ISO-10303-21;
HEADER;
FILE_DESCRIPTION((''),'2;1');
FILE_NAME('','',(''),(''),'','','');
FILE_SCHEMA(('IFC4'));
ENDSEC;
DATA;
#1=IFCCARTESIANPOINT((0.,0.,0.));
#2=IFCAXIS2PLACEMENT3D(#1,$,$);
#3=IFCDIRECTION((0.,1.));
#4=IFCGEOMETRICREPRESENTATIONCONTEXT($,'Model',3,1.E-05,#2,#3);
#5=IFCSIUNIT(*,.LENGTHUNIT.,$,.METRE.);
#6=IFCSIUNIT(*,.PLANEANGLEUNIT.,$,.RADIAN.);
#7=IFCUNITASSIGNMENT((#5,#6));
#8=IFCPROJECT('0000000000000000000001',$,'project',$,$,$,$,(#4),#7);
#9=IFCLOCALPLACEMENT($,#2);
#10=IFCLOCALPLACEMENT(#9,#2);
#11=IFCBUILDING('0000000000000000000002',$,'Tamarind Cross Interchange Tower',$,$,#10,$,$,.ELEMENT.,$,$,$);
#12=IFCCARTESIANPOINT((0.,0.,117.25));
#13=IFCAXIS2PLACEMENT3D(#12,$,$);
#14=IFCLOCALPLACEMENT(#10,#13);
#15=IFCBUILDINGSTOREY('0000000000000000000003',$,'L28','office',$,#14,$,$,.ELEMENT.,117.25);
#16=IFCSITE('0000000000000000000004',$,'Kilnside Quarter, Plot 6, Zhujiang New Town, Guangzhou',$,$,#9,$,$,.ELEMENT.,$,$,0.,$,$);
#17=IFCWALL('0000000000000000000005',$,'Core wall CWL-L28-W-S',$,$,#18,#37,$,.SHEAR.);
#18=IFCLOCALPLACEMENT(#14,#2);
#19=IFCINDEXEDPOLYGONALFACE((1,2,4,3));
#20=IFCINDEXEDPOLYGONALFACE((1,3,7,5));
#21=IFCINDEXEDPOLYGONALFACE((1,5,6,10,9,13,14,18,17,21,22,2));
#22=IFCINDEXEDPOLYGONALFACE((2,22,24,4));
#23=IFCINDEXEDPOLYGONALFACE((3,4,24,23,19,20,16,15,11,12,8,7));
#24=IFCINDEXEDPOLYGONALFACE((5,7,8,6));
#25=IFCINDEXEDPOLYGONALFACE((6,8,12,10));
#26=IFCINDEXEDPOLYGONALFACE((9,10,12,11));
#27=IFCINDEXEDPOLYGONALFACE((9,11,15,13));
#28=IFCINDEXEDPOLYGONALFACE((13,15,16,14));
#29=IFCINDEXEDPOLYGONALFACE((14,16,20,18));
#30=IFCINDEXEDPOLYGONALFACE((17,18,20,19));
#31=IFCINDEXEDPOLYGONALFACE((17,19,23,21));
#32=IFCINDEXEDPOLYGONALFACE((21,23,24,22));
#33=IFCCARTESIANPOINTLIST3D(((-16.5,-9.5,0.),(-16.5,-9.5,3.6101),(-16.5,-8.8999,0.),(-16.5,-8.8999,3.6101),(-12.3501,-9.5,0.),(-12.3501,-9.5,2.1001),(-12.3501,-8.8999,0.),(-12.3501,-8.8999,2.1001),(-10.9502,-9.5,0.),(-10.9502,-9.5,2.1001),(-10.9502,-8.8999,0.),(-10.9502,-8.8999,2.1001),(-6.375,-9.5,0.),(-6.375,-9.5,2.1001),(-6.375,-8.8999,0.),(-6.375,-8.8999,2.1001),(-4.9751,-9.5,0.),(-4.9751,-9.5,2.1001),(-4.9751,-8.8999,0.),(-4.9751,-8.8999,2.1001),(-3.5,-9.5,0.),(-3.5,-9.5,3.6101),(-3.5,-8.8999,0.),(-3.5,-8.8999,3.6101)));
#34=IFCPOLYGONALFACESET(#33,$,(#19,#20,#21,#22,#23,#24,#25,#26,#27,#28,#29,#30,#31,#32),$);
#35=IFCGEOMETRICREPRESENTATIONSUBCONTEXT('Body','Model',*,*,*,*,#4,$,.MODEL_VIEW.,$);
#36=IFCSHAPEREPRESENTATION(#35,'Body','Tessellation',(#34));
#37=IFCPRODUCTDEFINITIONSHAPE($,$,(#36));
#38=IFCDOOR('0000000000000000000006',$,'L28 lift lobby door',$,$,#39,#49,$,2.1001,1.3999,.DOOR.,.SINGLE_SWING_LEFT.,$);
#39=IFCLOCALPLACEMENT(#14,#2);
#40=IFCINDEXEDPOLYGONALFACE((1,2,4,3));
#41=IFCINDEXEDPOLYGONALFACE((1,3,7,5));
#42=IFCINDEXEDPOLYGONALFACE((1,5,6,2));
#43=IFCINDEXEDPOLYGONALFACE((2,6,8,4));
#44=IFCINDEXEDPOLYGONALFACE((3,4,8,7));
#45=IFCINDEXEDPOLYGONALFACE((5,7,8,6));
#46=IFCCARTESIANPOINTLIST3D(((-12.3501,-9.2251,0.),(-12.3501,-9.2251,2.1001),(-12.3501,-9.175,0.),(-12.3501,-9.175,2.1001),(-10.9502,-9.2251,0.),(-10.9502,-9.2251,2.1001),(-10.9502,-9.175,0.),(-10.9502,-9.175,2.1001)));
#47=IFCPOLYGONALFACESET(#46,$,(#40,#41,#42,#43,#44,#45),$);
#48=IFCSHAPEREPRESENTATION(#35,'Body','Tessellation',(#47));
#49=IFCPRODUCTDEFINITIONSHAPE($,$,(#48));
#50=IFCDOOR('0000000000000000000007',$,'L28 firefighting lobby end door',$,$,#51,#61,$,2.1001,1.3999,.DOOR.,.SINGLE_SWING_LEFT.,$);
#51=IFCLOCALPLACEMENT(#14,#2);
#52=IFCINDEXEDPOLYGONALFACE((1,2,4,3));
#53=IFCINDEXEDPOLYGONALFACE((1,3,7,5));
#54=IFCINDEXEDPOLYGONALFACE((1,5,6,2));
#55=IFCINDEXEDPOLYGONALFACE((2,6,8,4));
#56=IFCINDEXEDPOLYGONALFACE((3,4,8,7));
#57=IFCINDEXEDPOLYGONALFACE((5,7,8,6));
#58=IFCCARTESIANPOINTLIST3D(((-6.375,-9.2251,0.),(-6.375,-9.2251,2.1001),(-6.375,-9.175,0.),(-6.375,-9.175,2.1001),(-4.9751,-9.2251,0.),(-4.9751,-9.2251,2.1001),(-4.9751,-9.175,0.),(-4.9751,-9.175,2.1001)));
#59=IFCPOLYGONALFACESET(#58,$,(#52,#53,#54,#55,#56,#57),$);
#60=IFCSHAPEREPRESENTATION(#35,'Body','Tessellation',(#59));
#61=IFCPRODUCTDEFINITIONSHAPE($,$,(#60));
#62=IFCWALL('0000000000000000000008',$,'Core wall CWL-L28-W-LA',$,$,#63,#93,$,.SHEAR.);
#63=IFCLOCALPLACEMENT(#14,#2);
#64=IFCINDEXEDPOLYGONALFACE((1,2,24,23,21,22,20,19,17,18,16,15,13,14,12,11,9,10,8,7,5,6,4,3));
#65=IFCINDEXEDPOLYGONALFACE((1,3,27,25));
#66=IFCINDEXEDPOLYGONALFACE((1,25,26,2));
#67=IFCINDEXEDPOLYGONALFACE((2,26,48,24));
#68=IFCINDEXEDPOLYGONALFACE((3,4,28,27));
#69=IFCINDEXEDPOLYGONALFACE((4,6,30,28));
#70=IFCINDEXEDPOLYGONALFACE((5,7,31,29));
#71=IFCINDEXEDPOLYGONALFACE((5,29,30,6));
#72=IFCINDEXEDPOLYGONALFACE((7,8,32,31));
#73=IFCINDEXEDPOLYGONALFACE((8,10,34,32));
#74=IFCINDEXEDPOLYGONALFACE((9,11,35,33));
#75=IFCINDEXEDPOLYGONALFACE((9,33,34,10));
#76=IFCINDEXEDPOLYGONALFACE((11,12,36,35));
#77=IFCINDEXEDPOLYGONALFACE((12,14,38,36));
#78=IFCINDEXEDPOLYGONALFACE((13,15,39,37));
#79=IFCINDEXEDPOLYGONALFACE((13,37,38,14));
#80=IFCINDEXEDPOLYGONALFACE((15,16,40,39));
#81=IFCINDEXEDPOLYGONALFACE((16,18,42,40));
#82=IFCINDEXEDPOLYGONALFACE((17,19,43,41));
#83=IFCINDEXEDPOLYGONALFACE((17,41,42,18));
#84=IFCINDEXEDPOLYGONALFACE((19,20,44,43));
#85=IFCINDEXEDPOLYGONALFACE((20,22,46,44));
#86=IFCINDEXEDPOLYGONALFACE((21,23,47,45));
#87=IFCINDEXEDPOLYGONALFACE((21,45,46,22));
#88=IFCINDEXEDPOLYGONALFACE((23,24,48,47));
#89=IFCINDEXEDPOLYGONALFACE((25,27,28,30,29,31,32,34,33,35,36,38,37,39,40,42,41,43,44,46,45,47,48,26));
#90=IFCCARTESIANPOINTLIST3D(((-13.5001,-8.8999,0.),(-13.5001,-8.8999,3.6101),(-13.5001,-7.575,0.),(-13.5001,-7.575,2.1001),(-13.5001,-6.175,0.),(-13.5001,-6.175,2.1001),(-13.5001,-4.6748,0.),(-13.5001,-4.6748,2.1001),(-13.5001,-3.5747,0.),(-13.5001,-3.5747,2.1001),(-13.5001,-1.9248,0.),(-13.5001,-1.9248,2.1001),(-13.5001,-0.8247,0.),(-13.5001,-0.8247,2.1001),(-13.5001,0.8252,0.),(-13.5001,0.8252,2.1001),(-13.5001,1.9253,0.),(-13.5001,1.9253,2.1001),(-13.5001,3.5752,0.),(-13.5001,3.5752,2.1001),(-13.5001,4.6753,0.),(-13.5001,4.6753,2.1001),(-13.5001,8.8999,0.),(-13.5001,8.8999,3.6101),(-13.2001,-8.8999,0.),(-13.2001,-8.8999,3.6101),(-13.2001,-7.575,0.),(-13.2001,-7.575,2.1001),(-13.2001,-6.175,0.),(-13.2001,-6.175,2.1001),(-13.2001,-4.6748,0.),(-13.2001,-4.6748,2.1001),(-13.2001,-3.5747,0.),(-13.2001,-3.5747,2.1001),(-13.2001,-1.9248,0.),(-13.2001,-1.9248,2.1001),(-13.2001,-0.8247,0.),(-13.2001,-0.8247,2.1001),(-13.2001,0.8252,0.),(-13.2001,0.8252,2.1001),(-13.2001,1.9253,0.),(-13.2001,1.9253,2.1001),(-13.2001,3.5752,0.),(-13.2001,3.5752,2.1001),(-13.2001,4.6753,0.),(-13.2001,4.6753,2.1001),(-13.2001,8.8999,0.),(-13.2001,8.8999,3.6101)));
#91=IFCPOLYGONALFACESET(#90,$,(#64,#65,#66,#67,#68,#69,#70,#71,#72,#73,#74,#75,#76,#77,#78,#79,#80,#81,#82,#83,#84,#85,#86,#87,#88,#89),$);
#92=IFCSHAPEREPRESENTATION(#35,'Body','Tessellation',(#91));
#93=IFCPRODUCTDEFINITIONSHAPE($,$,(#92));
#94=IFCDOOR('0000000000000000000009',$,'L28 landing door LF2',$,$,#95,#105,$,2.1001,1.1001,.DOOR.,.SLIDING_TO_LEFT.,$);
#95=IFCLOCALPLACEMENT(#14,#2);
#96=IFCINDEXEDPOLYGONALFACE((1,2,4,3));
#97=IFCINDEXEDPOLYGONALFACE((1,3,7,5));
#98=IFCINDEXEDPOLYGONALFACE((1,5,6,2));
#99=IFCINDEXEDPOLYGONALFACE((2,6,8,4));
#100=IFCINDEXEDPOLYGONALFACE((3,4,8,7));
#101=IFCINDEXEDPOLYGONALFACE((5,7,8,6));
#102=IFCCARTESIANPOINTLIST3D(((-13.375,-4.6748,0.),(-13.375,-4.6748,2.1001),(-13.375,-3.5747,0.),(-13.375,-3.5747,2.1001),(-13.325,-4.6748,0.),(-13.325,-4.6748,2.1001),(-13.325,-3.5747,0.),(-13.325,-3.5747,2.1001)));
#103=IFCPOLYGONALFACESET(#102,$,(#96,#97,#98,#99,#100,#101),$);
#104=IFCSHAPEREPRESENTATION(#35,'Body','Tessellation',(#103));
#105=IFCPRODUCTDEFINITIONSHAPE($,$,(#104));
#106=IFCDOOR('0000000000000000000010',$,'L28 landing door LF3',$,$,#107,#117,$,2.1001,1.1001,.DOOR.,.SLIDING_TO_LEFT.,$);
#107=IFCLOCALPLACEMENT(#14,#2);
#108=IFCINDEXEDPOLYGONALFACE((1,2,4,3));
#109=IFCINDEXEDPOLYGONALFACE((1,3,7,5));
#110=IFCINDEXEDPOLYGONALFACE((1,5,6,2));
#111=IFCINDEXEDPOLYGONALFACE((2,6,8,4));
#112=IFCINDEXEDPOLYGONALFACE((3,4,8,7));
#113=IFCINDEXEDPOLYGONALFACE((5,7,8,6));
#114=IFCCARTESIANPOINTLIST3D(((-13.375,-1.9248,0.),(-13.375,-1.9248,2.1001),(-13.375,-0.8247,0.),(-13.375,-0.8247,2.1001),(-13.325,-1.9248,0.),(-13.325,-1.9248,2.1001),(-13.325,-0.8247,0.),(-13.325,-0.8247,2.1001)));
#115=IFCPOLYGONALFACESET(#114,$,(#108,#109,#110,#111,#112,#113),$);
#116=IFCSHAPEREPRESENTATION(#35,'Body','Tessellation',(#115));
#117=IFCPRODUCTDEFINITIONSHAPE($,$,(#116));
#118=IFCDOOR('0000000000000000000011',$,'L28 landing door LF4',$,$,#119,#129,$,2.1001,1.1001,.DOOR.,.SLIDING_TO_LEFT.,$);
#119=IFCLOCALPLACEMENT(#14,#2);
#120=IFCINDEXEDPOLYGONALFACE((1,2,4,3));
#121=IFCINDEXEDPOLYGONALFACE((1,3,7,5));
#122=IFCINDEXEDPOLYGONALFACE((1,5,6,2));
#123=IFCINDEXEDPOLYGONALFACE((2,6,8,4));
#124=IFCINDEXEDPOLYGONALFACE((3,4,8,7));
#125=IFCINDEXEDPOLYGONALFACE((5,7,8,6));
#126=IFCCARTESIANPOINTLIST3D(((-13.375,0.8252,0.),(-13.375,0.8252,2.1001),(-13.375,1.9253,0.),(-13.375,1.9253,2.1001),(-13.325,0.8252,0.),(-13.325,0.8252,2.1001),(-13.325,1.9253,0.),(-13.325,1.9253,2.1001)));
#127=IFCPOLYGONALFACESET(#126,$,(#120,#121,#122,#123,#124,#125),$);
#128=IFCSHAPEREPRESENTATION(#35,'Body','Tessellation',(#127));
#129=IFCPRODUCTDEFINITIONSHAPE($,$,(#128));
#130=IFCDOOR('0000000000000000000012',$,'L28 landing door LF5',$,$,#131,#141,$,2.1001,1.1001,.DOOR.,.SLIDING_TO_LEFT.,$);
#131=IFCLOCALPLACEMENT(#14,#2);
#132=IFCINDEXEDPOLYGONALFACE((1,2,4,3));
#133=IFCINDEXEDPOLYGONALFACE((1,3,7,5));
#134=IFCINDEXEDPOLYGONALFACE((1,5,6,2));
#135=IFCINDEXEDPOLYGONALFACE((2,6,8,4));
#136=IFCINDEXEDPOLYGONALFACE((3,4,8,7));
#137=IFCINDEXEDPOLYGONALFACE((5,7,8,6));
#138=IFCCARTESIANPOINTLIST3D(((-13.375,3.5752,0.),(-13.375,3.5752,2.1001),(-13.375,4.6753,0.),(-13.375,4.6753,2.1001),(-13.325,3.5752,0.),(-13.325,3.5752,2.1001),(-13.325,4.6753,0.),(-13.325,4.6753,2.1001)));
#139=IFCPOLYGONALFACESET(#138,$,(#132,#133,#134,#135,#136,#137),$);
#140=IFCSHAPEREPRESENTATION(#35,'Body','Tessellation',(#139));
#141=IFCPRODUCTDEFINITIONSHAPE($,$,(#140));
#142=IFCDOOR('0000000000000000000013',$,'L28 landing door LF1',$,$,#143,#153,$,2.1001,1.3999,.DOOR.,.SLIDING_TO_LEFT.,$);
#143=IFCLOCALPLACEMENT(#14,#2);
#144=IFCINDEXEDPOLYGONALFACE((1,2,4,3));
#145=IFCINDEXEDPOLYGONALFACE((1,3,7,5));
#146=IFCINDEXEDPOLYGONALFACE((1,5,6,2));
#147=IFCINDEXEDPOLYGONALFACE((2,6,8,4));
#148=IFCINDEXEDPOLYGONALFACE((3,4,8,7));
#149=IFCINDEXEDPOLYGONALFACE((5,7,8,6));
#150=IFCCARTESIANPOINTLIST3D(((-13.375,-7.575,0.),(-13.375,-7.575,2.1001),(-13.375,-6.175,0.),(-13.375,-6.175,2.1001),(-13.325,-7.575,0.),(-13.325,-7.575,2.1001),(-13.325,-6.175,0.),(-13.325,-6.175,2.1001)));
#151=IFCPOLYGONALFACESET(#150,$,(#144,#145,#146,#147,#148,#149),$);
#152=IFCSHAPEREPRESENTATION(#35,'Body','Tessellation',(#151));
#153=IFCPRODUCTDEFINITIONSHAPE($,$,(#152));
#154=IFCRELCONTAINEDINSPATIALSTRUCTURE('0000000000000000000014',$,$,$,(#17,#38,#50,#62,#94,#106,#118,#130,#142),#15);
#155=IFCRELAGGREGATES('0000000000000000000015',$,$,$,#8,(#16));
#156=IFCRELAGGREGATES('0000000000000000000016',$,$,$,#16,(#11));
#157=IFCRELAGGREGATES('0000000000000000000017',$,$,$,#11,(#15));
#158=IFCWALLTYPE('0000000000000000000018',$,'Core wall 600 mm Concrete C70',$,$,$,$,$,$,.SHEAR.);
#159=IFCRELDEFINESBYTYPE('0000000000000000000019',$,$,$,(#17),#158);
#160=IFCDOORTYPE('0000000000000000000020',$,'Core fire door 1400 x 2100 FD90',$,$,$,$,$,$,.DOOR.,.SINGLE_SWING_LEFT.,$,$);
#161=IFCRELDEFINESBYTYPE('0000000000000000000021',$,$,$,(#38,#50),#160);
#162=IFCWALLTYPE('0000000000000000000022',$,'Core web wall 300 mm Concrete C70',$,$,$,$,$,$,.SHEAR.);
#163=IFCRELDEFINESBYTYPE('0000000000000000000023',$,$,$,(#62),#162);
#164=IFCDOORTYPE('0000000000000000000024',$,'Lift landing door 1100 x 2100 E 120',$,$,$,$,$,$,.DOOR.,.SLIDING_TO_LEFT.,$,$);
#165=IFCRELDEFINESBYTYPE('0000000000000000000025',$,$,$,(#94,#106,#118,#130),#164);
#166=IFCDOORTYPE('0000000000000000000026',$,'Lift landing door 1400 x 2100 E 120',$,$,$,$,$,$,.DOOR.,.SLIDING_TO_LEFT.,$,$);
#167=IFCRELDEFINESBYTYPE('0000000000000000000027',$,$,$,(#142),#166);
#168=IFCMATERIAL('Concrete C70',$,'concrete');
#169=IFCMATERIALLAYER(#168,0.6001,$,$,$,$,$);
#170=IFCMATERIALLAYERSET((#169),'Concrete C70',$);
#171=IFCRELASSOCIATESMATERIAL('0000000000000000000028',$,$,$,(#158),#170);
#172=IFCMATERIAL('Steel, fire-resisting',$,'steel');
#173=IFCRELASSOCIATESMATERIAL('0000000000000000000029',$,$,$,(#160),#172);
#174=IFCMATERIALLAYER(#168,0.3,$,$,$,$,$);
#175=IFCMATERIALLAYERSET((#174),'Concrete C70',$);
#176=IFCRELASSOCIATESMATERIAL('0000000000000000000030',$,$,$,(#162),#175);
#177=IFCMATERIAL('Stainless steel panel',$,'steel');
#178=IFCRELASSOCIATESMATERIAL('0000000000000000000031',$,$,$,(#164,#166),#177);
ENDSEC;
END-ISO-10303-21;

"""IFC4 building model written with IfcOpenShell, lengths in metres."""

from ifc_helpers import new_model, si_unit, direction, frame, frame_2d, origin, place, context, subcontext, project, spatial, rectangle, extrude, material, layer, layer_set, type_object, element, fill, save


model = new_model("IFC4")

# Units and contexts
model_context = context("Model", 3, precision=1e-05, world=origin(), true_north=direction((0.0, 1.0)))
body_context = subcontext(model_context, "Body", "Model", "MODEL_VIEW")
ifc_project = project(units=[si_unit("LENGTHUNIT", "METRE"), si_unit("PLANEANGLEUNIT", "RADIAN")], contexts=[model_context])

# Site, building, storey
site_placement = place(None, origin())
site = spatial("IfcSite", under=ifc_project, at=site_placement, Name="Kilnside Quarter, Plot 6, Zhujiang New Town, Guangzhou", CompositionType="ELEMENT", RefElevation=0.0)
building_placement = place(site_placement, origin())
building = spatial("IfcBuilding", under=site, at=building_placement, Name="Tamarind Cross Interchange Tower", CompositionType="ELEMENT")
storey_placement = place(building_placement, frame((0.0, 0.0, 117.25)))
storey = spatial("IfcBuildingStorey", under=building, at=storey_placement, Name="L28", Description="office", CompositionType="ELEMENT", Elevation=117.25)

# Walls, openings, doors
ifc_material_1 = material(Name="Concrete C70", Category="concrete")
ifc_layer_1 = layer(ifc_material_1, 0.6001)
ifc_layer_set_1 = layer_set([ifc_layer_1], Name="Concrete C70")
wall_type_1 = type_object("IfcWallType", Name="Core wall 600 mm Concrete C70", PredefinedType="SHEAR", material=ifc_layer_set_1)
wall_1_placement = place(storey_placement, frame((-16.5, -9.2, 0.0), z_axis=(0.0, 0.0, 1.0), x_axis=(1.0, 0.0, 0.0)))
wall_1 = element("IfcWall", 1, at=wall_1_placement, inside=storey, type_object=wall_type_1, Name="Core wall CWL-L28-W-S", PredefinedType="SHEAR", context=body_context, shape_type="SweptSolid", body=[
    extrude(rectangle(XDim=13.0, YDim=0.6001, at=frame_2d((6.5, 0.0))), origin(), (0.0, 0.0, 1.0), 3.6101),
])
opening_1_placement = place(wall_1_placement, frame((4.1499, 0.0, 0.0)))
opening_1 = element("IfcOpeningElement", 2, at=opening_1_placement, cuts=wall_1, PredefinedType="OPENING", context=body_context, shape_type="SweptSolid", body=[
    extrude(rectangle(XDim=1.3999, YDim=2.1001, at=frame_2d((0.7, 1.05))), frame((0.0, 0.3101, 0.0), z_axis=(0.0, -1.0, 0.0), x_axis=(1.0, 0.0, 0.0)), (0.0, 0.0, 1.0), 0.6201),
])
opening_2_placement = place(wall_1_placement, frame((10.125, 0.0, 0.0)))
opening_2 = element("IfcOpeningElement", 3, at=opening_2_placement, cuts=wall_1, PredefinedType="OPENING", context=body_context, shape_type="SweptSolid", body=[
    extrude(rectangle(XDim=1.3999, YDim=2.1001, at=frame_2d((0.7, 1.05))), frame((0.0, 0.3101, 0.0), z_axis=(0.0, -1.0, 0.0), x_axis=(1.0, 0.0, 0.0)), (0.0, 0.0, 1.0), 0.6201),
])
ifc_material_2 = material(Name="Steel, fire-resisting", Category="steel")
door_type_1 = type_object("IfcDoorType", Name="Core fire door 1400 x 2100 FD90", OperationType="SINGLE_SWING_LEFT", PredefinedType="DOOR", material=ifc_material_2)
door_1_placement = place(opening_1_placement, origin())
door_1 = element("IfcDoor", 4, at=door_1_placement, inside=storey, type_object=door_type_1, Name="L28 lift lobby door", OperationType="SINGLE_SWING_LEFT", OverallHeight=2.1001, OverallWidth=1.3999, PredefinedType="DOOR", context=body_context, shape_type="SweptSolid", body=[
    extrude(rectangle(XDim=1.3999, YDim=2.1001, at=frame_2d((0.7, 1.05))), frame((0.0, 0.0249, 0.0), z_axis=(0.0, -1.0, 0.0), x_axis=(1.0, 0.0, 0.0)), (0.0, 0.0, 1.0), 0.05),
])
fill(opening_1, door_1)
door_2_placement = place(opening_2_placement, origin())
door_2 = element("IfcDoor", 5, at=door_2_placement, inside=storey, type_object=door_type_1, Name="L28 firefighting lobby end door", OperationType="SINGLE_SWING_LEFT", OverallHeight=2.1001, OverallWidth=1.3999, PredefinedType="DOOR", context=body_context, shape_type="SweptSolid", body=[
    extrude(rectangle(XDim=1.3999, YDim=2.1001, at=frame_2d((0.7, 1.05))), frame((0.0, 0.0249, 0.0), z_axis=(0.0, -1.0, 0.0), x_axis=(1.0, 0.0, 0.0)), (0.0, 0.0, 1.0), 0.05),
])
fill(opening_2, door_2)
ifc_layer_2 = layer(ifc_material_1, 0.3)
ifc_layer_set_2 = layer_set([ifc_layer_2], Name="Concrete C70")
wall_type_2 = type_object("IfcWallType", Name="Core web wall 300 mm Concrete C70", PredefinedType="SHEAR", material=ifc_layer_set_2)
wall_2_placement = place(storey_placement, frame((-13.3501, -8.8999, 0.0), z_axis=(0.0, 0.0, 1.0), x_axis=(0.0, 1.0, 0.0)))
wall_2 = element("IfcWall", 6, at=wall_2_placement, inside=storey, type_object=wall_type_2, Name="Core wall CWL-L28-W-LA", PredefinedType="SHEAR", context=body_context, shape_type="SweptSolid", body=[
    extrude(rectangle(XDim=17.7998, YDim=0.3, at=frame_2d((8.8999, 0.0))), origin(), (0.0, 0.0, 1.0), 3.6101),
])
opening_3_placement = place(wall_2_placement, frame((1.325, 0.0, 0.0)))
opening_3 = element("IfcOpeningElement", 7, at=opening_3_placement, cuts=wall_2, PredefinedType="OPENING", context=body_context, shape_type="SweptSolid", body=[
    extrude(rectangle(XDim=1.3999, YDim=2.1001, at=frame_2d((0.7, 1.05))), frame((0.0, 0.1599, 0.0), z_axis=(0.0, -1.0, 0.0), x_axis=(1.0, 0.0, 0.0)), (0.0, 0.0, 1.0), 0.3201),
])
opening_4_placement = place(wall_2_placement, frame((4.2251, 0.0, 0.0)))
opening_4 = element("IfcOpeningElement", 8, at=opening_4_placement, cuts=wall_2, PredefinedType="OPENING", context=body_context, shape_type="SweptSolid", body=[
    extrude(rectangle(XDim=1.1001, YDim=2.1001, at=frame_2d((0.55, 1.05))), frame((0.0, 0.1599, 0.0), z_axis=(0.0, -1.0, 0.0), x_axis=(1.0, 0.0, 0.0)), (0.0, 0.0, 1.0), 0.3201),
])
opening_5_placement = place(wall_2_placement, frame((6.9751, 0.0, 0.0)))
opening_5 = element("IfcOpeningElement", 9, at=opening_5_placement, cuts=wall_2, PredefinedType="OPENING", context=body_context, shape_type="SweptSolid", body=[
    extrude(rectangle(XDim=1.1001, YDim=2.1001, at=frame_2d((0.55, 1.05))), frame((0.0, 0.1599, 0.0), z_axis=(0.0, -1.0, 0.0), x_axis=(1.0, 0.0, 0.0)), (0.0, 0.0, 1.0), 0.3201),
])
opening_6_placement = place(wall_2_placement, frame((9.7251, 0.0, 0.0)))
opening_6 = element("IfcOpeningElement", 10, at=opening_6_placement, cuts=wall_2, PredefinedType="OPENING", context=body_context, shape_type="SweptSolid", body=[
    extrude(rectangle(XDim=1.1001, YDim=2.1001, at=frame_2d((0.55, 1.05))), frame((0.0, 0.1599, 0.0), z_axis=(0.0, -1.0, 0.0), x_axis=(1.0, 0.0, 0.0)), (0.0, 0.0, 1.0), 0.3201),
])
opening_7_placement = place(wall_2_placement, frame((12.4751, 0.0, 0.0)))
opening_7 = element("IfcOpeningElement", 11, at=opening_7_placement, cuts=wall_2, PredefinedType="OPENING", context=body_context, shape_type="SweptSolid", body=[
    extrude(rectangle(XDim=1.1001, YDim=2.1001, at=frame_2d((0.55, 1.05))), frame((0.0, 0.1599, 0.0), z_axis=(0.0, -1.0, 0.0), x_axis=(1.0, 0.0, 0.0)), (0.0, 0.0, 1.0), 0.3201),
])
ifc_material_3 = material(Name="Stainless steel panel", Category="steel")
door_type_2 = type_object("IfcDoorType", Name="Lift landing door 1100 x 2100 E 120", OperationType="SLIDING_TO_LEFT", PredefinedType="DOOR", material=ifc_material_3)
door_3_placement = place(opening_4_placement, origin())
door_3 = element("IfcDoor", 12, at=door_3_placement, inside=storey, type_object=door_type_2, Name="L28 landing door LF2", OperationType="SLIDING_TO_LEFT", OverallHeight=2.1001, OverallWidth=1.1001, PredefinedType="DOOR", context=body_context, shape_type="SweptSolid", body=[
    extrude(rectangle(XDim=1.1001, YDim=2.1001, at=frame_2d((0.55, 1.05))), frame((0.0, 0.0249, 0.0), z_axis=(0.0, -1.0, 0.0), x_axis=(1.0, 0.0, 0.0)), (0.0, 0.0, 1.0), 0.05),
])
fill(opening_4, door_3)
door_4_placement = place(opening_5_placement, origin())
door_4 = element("IfcDoor", 13, at=door_4_placement, inside=storey, type_object=door_type_2, Name="L28 landing door LF3", OperationType="SLIDING_TO_LEFT", OverallHeight=2.1001, OverallWidth=1.1001, PredefinedType="DOOR", context=body_context, shape_type="SweptSolid", body=[
    extrude(rectangle(XDim=1.1001, YDim=2.1001, at=frame_2d((0.55, 1.05))), frame((0.0, 0.0249, 0.0), z_axis=(0.0, -1.0, 0.0), x_axis=(1.0, 0.0, 0.0)), (0.0, 0.0, 1.0), 0.05),
])
fill(opening_5, door_4)
door_5_placement = place(opening_6_placement, origin())
door_5 = element("IfcDoor", 14, at=door_5_placement, inside=storey, type_object=door_type_2, Name="L28 landing door LF4", OperationType="SLIDING_TO_LEFT", OverallHeight=2.1001, OverallWidth=1.1001, PredefinedType="DOOR", context=body_context, shape_type="SweptSolid", body=[
    extrude(rectangle(XDim=1.1001, YDim=2.1001, at=frame_2d((0.55, 1.05))), frame((0.0, 0.0249, 0.0), z_axis=(0.0, -1.0, 0.0), x_axis=(1.0, 0.0, 0.0)), (0.0, 0.0, 1.0), 0.05),
])
fill(opening_6, door_5)
door_6_placement = place(opening_7_placement, origin())
door_6 = element("IfcDoor", 15, at=door_6_placement, inside=storey, type_object=door_type_2, Name="L28 landing door LF5", OperationType="SLIDING_TO_LEFT", OverallHeight=2.1001, OverallWidth=1.1001, PredefinedType="DOOR", context=body_context, shape_type="SweptSolid", body=[
    extrude(rectangle(XDim=1.1001, YDim=2.1001, at=frame_2d((0.55, 1.05))), frame((0.0, 0.0249, 0.0), z_axis=(0.0, -1.0, 0.0), x_axis=(1.0, 0.0, 0.0)), (0.0, 0.0, 1.0), 0.05),
])
fill(opening_7, door_6)
door_type_3 = type_object("IfcDoorType", Name="Lift landing door 1400 x 2100 E 120", OperationType="SLIDING_TO_LEFT", PredefinedType="DOOR", material=ifc_material_3)
door_7_placement = place(opening_3_placement, origin())
door_7 = element("IfcDoor", 16, at=door_7_placement, inside=storey, type_object=door_type_3, Name="L28 landing door LF1", OperationType="SLIDING_TO_LEFT", OverallHeight=2.1001, OverallWidth=1.3999, PredefinedType="DOOR", context=body_context, shape_type="SweptSolid", body=[
    extrude(rectangle(XDim=1.3999, YDim=2.1001, at=frame_2d((0.7, 1.05))), frame((0.0, 0.0249, 0.0), z_axis=(0.0, -1.0, 0.0), x_axis=(1.0, 0.0, 0.0)), (0.0, 0.0, 1.0), 0.05),
])
fill(opening_3, door_7)

save(model, "model.ifc")
